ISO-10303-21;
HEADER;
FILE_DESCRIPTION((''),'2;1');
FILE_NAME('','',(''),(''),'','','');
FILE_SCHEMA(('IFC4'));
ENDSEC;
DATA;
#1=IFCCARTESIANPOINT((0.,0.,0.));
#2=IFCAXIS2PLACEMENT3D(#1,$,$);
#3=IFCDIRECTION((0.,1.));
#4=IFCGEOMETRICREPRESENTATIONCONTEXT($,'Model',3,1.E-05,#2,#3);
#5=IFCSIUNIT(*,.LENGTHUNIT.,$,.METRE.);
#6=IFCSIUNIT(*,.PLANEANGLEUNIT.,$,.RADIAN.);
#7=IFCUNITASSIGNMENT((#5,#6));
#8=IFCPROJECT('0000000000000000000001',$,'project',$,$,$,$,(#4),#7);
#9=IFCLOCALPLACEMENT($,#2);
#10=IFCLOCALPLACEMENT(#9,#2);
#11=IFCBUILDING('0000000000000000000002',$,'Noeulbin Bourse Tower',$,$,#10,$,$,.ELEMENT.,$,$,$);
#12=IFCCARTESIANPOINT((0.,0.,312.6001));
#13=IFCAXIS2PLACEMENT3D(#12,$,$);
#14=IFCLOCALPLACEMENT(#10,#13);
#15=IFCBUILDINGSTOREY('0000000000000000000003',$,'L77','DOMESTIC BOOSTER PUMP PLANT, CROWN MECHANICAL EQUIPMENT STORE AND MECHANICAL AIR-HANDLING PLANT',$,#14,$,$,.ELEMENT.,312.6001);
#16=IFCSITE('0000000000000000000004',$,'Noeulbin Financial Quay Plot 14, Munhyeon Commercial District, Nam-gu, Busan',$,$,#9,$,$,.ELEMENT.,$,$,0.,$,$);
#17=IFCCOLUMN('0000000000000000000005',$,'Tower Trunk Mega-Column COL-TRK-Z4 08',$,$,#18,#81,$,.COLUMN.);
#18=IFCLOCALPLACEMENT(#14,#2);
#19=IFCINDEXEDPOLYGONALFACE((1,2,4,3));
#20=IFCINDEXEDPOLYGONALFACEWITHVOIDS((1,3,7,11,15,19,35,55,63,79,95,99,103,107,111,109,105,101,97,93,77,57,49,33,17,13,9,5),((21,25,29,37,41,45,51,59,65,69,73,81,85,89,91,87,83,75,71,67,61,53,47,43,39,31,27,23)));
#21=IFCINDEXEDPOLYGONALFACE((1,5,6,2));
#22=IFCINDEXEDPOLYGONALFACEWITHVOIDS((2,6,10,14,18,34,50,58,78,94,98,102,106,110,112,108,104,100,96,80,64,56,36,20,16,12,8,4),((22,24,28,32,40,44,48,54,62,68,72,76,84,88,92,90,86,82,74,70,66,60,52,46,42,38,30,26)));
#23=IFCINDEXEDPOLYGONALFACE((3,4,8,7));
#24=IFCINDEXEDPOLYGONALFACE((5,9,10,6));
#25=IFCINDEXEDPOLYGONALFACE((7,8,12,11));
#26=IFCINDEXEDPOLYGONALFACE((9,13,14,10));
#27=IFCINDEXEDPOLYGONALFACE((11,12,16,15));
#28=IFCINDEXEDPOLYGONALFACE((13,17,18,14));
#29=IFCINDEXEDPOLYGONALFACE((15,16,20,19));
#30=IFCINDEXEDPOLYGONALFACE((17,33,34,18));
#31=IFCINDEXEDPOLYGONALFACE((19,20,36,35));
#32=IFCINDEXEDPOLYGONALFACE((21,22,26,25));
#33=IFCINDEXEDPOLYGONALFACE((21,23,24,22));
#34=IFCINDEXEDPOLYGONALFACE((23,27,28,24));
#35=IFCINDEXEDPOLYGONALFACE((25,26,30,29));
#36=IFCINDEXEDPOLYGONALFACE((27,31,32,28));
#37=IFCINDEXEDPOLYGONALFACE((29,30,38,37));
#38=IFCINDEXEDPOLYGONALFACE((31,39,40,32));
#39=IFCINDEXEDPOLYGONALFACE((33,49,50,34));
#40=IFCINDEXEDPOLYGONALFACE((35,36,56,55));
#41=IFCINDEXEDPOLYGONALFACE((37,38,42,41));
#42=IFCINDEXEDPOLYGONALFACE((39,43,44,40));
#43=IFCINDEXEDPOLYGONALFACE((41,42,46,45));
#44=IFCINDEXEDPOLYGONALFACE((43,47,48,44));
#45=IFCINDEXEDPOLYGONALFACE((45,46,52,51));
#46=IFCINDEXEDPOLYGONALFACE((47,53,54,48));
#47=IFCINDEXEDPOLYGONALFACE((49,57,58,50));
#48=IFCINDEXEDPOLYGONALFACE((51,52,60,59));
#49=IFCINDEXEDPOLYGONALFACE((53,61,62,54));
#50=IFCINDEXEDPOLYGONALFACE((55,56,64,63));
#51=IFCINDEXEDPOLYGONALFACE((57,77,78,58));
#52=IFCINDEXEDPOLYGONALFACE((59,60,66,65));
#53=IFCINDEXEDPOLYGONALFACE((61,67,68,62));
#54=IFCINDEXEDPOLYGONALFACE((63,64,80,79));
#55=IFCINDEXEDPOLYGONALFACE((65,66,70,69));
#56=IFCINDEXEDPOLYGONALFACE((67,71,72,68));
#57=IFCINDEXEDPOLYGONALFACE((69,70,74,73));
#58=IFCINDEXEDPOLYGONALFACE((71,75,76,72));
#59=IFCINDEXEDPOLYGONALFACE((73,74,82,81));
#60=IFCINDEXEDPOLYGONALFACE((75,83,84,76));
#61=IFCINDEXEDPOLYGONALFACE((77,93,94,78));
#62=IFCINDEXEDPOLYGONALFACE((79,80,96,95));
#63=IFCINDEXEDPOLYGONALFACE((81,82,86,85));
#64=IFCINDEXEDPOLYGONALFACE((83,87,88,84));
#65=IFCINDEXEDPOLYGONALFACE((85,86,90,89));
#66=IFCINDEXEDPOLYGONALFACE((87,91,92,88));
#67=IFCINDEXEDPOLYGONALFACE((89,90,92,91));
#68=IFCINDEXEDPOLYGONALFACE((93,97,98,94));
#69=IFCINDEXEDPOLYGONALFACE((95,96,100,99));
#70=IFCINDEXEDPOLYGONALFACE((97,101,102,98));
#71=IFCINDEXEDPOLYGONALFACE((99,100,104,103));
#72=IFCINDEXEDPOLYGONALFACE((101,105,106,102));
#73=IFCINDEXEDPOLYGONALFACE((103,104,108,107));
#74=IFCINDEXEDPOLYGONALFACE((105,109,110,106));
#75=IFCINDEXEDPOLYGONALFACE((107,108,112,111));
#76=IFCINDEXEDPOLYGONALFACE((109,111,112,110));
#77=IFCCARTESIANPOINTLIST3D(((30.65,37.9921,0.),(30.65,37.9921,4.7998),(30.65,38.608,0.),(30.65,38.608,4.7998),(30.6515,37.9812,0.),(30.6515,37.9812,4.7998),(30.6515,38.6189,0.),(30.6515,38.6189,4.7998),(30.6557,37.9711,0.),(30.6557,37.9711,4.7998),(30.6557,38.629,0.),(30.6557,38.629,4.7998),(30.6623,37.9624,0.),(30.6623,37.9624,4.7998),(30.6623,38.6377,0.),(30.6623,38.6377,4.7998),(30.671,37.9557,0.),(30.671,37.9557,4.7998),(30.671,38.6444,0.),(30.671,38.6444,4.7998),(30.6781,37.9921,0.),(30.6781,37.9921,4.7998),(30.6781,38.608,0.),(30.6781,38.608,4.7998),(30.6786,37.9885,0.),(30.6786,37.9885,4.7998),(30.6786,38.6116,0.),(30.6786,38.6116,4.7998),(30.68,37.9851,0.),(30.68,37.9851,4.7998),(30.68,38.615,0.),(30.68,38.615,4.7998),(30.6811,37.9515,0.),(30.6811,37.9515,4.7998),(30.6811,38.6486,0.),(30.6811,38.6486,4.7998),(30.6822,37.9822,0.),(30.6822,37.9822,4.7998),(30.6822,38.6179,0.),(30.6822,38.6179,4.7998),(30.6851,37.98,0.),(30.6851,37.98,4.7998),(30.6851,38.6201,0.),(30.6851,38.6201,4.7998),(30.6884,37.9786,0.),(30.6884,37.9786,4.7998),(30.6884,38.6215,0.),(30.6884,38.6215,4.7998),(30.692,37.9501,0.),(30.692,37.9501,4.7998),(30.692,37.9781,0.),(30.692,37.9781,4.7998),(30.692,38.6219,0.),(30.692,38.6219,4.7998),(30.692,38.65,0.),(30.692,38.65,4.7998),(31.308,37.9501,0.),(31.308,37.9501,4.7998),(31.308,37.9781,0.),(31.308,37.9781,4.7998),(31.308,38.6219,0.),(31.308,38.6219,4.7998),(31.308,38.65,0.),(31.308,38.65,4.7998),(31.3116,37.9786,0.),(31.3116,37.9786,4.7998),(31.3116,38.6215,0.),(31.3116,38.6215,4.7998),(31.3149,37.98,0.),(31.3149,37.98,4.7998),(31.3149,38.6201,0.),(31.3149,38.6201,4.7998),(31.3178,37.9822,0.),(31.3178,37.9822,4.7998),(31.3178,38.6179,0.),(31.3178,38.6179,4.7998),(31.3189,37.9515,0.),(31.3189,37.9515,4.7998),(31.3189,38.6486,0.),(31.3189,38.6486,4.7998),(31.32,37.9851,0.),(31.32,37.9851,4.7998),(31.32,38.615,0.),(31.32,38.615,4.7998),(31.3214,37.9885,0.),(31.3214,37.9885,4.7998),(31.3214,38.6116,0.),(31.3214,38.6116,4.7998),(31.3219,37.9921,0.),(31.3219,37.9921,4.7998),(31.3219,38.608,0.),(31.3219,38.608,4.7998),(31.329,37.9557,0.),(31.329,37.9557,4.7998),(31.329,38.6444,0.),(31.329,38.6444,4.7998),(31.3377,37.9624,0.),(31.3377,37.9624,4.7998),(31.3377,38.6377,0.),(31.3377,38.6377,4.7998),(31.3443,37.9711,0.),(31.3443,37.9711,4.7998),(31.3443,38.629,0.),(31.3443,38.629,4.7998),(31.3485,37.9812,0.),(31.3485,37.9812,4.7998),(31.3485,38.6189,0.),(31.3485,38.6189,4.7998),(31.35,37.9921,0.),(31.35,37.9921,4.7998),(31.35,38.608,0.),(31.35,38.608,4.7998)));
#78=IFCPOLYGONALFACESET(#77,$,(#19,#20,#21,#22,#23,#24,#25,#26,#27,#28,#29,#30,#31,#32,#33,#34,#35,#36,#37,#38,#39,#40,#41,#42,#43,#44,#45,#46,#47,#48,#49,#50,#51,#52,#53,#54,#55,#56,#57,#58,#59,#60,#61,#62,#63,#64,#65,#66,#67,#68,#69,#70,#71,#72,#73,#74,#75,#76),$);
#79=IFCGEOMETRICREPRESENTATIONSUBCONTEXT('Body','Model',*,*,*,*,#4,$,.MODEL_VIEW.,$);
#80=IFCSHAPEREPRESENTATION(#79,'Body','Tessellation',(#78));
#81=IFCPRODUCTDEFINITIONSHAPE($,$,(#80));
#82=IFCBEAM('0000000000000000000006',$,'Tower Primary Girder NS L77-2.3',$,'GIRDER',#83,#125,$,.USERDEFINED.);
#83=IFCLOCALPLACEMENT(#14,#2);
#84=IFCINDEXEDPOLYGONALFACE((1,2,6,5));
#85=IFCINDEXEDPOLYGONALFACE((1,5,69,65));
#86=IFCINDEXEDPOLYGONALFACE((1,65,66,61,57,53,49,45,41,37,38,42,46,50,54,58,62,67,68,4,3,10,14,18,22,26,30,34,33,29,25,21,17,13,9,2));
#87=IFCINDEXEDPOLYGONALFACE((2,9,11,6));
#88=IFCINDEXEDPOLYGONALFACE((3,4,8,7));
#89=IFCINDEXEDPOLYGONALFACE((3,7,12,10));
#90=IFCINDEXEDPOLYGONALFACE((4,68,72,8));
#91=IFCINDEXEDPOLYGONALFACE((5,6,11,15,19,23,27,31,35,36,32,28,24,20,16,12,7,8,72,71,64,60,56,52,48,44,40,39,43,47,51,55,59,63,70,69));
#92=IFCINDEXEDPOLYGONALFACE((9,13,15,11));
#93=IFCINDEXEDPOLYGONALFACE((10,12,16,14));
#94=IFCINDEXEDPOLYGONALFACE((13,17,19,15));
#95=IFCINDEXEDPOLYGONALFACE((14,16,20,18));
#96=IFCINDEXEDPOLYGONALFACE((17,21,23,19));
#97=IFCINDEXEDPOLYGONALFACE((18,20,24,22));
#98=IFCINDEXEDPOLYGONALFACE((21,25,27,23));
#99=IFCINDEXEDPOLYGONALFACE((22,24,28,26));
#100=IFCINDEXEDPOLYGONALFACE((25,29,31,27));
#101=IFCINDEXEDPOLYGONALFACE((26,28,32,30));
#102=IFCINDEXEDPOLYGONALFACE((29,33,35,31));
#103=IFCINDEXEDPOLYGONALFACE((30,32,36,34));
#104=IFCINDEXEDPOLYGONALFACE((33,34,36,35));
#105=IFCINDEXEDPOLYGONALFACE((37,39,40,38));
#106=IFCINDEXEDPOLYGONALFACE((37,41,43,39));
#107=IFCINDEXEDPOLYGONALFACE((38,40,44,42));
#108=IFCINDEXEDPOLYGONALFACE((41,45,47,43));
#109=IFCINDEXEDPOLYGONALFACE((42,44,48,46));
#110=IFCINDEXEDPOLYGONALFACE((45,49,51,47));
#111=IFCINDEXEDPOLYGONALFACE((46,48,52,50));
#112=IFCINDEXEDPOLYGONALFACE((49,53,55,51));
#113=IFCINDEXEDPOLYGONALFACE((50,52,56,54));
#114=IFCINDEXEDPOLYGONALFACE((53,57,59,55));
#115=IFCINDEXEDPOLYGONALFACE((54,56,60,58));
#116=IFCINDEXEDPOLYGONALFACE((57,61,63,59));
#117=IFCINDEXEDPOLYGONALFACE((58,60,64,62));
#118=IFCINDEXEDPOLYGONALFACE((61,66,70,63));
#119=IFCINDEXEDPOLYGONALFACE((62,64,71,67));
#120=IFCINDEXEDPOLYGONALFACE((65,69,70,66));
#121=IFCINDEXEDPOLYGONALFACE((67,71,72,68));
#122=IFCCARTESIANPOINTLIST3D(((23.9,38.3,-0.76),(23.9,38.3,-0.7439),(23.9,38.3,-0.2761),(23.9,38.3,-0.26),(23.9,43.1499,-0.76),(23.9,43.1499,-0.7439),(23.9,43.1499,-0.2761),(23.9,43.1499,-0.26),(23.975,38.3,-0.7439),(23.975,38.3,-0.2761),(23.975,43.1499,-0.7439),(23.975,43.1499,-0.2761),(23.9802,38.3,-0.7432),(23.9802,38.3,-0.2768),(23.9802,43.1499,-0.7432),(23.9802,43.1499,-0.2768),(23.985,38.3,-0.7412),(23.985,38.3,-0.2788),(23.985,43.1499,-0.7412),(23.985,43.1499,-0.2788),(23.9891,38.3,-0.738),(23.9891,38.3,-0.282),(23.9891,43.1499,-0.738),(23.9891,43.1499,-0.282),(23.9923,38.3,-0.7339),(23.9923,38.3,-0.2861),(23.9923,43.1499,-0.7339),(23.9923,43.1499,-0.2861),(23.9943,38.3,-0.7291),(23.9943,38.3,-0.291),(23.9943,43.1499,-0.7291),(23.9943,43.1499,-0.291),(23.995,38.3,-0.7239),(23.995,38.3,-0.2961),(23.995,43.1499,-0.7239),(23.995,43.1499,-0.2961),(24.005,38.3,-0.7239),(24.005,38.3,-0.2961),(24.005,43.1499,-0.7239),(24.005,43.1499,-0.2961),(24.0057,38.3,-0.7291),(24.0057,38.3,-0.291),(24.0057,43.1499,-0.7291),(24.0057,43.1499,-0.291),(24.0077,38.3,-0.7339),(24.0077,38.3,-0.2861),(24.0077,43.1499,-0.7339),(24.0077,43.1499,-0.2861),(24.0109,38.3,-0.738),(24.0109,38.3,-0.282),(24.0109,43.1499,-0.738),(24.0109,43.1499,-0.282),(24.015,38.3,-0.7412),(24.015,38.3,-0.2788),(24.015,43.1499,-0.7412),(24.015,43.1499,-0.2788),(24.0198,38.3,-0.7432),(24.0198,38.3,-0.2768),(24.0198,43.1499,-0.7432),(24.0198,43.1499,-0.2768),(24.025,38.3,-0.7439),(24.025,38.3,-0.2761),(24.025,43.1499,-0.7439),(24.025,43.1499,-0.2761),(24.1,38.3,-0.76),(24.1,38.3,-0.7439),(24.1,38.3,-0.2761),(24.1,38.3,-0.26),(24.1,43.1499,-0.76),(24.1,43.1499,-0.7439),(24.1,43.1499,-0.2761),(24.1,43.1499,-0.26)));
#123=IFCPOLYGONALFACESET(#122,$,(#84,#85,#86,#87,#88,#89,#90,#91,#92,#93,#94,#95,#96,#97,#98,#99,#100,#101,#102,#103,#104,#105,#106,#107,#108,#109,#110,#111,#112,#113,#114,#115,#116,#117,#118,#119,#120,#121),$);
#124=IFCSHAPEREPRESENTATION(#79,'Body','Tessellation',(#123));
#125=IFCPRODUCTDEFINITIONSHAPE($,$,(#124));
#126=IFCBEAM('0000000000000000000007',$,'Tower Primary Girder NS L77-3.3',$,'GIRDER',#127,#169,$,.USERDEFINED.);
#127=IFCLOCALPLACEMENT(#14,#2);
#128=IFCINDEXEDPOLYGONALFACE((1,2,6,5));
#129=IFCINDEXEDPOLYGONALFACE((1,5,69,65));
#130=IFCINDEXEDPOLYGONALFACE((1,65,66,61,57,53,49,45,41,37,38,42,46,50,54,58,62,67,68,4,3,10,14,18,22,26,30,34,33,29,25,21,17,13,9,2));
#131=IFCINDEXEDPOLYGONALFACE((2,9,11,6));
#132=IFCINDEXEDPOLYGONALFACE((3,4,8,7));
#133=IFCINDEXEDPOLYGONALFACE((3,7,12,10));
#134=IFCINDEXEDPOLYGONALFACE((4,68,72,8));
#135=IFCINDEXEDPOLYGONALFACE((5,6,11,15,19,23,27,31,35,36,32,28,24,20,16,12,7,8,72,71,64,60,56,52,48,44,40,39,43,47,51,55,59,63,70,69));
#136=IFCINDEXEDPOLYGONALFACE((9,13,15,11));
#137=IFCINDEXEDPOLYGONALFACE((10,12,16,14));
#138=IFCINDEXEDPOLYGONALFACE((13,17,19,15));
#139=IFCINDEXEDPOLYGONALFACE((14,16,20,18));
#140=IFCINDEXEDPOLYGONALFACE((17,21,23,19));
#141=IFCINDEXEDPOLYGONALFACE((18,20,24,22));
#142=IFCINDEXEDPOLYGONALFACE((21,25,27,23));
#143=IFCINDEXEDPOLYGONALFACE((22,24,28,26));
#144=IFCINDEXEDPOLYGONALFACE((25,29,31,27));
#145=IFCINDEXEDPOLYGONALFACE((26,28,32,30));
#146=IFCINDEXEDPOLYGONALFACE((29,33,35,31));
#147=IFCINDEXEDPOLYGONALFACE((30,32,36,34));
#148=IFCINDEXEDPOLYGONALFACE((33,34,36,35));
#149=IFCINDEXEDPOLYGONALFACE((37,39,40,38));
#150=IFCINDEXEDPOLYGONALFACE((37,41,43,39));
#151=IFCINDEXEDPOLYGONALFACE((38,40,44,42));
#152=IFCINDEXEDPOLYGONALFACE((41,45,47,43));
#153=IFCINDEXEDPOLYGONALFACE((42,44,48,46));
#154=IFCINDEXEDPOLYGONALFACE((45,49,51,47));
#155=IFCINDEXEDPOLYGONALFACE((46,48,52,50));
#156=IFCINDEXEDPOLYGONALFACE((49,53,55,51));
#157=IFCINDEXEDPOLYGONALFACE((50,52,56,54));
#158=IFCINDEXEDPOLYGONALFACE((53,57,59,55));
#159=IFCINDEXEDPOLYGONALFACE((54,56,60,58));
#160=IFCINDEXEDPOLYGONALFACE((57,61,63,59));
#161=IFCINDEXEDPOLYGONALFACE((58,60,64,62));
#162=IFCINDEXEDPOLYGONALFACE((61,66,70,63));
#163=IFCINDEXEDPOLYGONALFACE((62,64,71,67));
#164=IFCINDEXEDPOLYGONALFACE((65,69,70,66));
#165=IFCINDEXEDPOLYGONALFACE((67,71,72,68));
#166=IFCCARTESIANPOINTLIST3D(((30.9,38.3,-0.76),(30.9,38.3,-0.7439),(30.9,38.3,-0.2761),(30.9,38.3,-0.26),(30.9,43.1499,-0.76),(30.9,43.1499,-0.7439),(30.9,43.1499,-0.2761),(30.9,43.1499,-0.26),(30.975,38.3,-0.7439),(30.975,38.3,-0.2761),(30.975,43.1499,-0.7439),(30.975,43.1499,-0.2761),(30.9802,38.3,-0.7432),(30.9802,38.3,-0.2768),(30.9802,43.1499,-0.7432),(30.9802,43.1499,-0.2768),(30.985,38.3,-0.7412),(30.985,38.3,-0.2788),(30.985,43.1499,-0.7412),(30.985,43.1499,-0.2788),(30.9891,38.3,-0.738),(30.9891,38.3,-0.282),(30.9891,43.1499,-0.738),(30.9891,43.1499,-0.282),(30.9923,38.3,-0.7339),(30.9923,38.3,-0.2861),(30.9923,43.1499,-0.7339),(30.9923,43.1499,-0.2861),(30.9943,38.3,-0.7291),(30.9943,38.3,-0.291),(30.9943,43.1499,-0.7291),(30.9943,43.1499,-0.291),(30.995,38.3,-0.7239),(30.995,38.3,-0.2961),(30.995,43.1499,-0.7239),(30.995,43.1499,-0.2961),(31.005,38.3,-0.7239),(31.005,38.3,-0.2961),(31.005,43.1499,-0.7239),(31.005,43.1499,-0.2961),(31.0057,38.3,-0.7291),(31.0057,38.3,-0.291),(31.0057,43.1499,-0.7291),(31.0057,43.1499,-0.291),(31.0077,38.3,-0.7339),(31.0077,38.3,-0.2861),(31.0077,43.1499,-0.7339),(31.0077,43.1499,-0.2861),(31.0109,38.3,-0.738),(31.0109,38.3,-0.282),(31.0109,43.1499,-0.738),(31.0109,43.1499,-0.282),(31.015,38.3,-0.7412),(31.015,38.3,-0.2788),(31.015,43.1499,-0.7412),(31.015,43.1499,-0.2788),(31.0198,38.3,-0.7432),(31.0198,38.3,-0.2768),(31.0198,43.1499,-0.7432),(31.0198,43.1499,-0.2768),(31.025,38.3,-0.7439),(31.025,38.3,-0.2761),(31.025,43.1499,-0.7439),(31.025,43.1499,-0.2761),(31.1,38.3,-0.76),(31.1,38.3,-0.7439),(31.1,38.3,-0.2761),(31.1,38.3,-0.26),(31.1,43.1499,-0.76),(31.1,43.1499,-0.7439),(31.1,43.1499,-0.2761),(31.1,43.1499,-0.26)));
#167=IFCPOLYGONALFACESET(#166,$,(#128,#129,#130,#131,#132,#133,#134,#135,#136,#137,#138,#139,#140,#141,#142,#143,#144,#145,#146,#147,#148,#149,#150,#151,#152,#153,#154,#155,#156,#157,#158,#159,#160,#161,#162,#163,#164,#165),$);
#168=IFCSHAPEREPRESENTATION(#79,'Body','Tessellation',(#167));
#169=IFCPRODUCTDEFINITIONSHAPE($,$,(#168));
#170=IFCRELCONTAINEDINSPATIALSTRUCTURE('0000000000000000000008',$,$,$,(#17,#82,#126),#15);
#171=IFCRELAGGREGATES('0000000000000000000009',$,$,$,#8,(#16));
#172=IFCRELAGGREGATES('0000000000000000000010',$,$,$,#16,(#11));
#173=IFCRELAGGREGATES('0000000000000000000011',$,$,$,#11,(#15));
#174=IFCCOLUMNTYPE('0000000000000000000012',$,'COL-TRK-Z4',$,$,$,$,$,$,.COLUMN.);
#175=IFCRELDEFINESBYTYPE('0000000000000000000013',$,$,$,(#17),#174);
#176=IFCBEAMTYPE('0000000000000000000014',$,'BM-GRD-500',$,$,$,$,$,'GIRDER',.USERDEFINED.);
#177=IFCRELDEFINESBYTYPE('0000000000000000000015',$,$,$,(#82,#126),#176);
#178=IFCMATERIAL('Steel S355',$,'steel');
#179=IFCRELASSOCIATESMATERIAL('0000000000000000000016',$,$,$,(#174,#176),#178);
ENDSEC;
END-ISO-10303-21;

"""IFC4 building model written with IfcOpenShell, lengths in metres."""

from ifc_helpers import new_model, si_unit, direction, frame, origin, origin_2d, place, context, subcontext, project, spatial, hollow_rectangle, i_section, extrude, material, material_profile, profile_set, type_object, element, save


model = new_model("IFC4")

# Units and contexts
model_context = context("Model", 3, precision=1e-05, world=origin(), true_north=direction((0.0, 1.0)))
body_context = subcontext(model_context, "Body", "Model", "MODEL_VIEW")
ifc_project = project(units=[si_unit("LENGTHUNIT", "METRE"), si_unit("PLANEANGLEUNIT", "RADIAN")], contexts=[model_context])

# Site, building, storey
site_placement = place(None, origin())
site = spatial("IfcSite", under=ifc_project, at=site_placement, Name="Noeulbin Financial Quay Plot 14, Munhyeon Commercial District, Nam-gu, Busan", CompositionType="ELEMENT", RefElevation=0.0)
building_placement = place(site_placement, origin())
building = spatial("IfcBuilding", under=site, at=building_placement, Name="Noeulbin Bourse Tower", CompositionType="ELEMENT")
storey_placement = place(building_placement, frame((0.0, 0.0, 312.6001)))
storey = spatial("IfcBuildingStorey", under=building, at=storey_placement, Name="L77", Description="DOMESTIC BOOSTER PUMP PLANT, CROWN MECHANICAL EQUIPMENT STORE AND MECHANICAL AIR-HANDLING PLANT", CompositionType="ELEMENT", Elevation=312.6001)

# Column
ifc_material_1 = material(Name="Steel S355", Category="steel")
ifc_material_profile_1 = material_profile(ifc_material_1, hollow_rectangle(XDim=0.7, YDim=0.7, WallThickness=0.0281, InnerFilletRadius=0.0139, OuterFilletRadius=0.042, at=origin_2d()), Name="BOX-700x700x28", Category="LoadBearing")
ifc_profile_set_1 = profile_set([ifc_material_profile_1], Name="Steel S355")
column_type_1 = type_object("IfcColumnType", Name="COL-TRK-Z4", PredefinedType="COLUMN", material=ifc_profile_set_1)
column_placement = place(storey_placement, frame((31.0, 38.3, 0.0), z_axis=(0.0, 0.0, 1.0), x_axis=(1.0, 0.0, 0.0)))
element("IfcColumn", 1, at=column_placement, inside=storey, type_object=column_type_1, Name="Tower Trunk Mega-Column COL-TRK-Z4 08", PredefinedType="COLUMN", context=body_context, shape_type="SweptSolid", body=[
    extrude(hollow_rectangle(XDim=0.7, YDim=0.7, WallThickness=0.0281, InnerFilletRadius=0.0139, OuterFilletRadius=0.042, at=origin_2d()), origin(), (0.0, 0.0, 1.0), 4.7998),
])

# Beams
ifc_material_profile_2 = material_profile(ifc_material_1, i_section(OverallWidth=0.2, OverallDepth=0.5, WebThickness=0.01, FlangeThickness=0.0161, FilletRadius=0.02, at=origin_2d()), Name="H-500x200x10x16", Category="LoadBearing")
ifc_profile_set_2 = profile_set([ifc_material_profile_2], Name="Steel S355")
beam_type_1 = type_object("IfcBeamType", Name="BM-GRD-500", ElementType="GIRDER", PredefinedType="USERDEFINED", material=ifc_profile_set_2)
for number, where, z_axis, x_axis, name in (
    (2, (24.0, 38.3, -0.51), (0.0, 1.0, 0.0), (-1.0, 0.0, 0.0), "Tower Primary Girder NS L77-2.3"),
    (3, (31.0, 38.3, -0.51), (0.0, 1.0, 0.0), (-1.0, 0.0, 0.0), "Tower Primary Girder NS L77-3.3"),
):
    element("IfcBeam", number, at=place(storey_placement, frame(where, z_axis=z_axis, x_axis=x_axis)), inside=storey, type_object=beam_type_1, Name=name, ObjectType="GIRDER", PredefinedType="USERDEFINED", context=body_context, shape_type="SweptSolid", body=[
        extrude(i_section(OverallWidth=0.2, OverallDepth=0.5, WebThickness=0.01, FlangeThickness=0.0161, FilletRadius=0.02, at=origin_2d()), origin(), (0.0, 0.0, 1.0), 4.8499),
    ])

save(model, "model.ifc")
